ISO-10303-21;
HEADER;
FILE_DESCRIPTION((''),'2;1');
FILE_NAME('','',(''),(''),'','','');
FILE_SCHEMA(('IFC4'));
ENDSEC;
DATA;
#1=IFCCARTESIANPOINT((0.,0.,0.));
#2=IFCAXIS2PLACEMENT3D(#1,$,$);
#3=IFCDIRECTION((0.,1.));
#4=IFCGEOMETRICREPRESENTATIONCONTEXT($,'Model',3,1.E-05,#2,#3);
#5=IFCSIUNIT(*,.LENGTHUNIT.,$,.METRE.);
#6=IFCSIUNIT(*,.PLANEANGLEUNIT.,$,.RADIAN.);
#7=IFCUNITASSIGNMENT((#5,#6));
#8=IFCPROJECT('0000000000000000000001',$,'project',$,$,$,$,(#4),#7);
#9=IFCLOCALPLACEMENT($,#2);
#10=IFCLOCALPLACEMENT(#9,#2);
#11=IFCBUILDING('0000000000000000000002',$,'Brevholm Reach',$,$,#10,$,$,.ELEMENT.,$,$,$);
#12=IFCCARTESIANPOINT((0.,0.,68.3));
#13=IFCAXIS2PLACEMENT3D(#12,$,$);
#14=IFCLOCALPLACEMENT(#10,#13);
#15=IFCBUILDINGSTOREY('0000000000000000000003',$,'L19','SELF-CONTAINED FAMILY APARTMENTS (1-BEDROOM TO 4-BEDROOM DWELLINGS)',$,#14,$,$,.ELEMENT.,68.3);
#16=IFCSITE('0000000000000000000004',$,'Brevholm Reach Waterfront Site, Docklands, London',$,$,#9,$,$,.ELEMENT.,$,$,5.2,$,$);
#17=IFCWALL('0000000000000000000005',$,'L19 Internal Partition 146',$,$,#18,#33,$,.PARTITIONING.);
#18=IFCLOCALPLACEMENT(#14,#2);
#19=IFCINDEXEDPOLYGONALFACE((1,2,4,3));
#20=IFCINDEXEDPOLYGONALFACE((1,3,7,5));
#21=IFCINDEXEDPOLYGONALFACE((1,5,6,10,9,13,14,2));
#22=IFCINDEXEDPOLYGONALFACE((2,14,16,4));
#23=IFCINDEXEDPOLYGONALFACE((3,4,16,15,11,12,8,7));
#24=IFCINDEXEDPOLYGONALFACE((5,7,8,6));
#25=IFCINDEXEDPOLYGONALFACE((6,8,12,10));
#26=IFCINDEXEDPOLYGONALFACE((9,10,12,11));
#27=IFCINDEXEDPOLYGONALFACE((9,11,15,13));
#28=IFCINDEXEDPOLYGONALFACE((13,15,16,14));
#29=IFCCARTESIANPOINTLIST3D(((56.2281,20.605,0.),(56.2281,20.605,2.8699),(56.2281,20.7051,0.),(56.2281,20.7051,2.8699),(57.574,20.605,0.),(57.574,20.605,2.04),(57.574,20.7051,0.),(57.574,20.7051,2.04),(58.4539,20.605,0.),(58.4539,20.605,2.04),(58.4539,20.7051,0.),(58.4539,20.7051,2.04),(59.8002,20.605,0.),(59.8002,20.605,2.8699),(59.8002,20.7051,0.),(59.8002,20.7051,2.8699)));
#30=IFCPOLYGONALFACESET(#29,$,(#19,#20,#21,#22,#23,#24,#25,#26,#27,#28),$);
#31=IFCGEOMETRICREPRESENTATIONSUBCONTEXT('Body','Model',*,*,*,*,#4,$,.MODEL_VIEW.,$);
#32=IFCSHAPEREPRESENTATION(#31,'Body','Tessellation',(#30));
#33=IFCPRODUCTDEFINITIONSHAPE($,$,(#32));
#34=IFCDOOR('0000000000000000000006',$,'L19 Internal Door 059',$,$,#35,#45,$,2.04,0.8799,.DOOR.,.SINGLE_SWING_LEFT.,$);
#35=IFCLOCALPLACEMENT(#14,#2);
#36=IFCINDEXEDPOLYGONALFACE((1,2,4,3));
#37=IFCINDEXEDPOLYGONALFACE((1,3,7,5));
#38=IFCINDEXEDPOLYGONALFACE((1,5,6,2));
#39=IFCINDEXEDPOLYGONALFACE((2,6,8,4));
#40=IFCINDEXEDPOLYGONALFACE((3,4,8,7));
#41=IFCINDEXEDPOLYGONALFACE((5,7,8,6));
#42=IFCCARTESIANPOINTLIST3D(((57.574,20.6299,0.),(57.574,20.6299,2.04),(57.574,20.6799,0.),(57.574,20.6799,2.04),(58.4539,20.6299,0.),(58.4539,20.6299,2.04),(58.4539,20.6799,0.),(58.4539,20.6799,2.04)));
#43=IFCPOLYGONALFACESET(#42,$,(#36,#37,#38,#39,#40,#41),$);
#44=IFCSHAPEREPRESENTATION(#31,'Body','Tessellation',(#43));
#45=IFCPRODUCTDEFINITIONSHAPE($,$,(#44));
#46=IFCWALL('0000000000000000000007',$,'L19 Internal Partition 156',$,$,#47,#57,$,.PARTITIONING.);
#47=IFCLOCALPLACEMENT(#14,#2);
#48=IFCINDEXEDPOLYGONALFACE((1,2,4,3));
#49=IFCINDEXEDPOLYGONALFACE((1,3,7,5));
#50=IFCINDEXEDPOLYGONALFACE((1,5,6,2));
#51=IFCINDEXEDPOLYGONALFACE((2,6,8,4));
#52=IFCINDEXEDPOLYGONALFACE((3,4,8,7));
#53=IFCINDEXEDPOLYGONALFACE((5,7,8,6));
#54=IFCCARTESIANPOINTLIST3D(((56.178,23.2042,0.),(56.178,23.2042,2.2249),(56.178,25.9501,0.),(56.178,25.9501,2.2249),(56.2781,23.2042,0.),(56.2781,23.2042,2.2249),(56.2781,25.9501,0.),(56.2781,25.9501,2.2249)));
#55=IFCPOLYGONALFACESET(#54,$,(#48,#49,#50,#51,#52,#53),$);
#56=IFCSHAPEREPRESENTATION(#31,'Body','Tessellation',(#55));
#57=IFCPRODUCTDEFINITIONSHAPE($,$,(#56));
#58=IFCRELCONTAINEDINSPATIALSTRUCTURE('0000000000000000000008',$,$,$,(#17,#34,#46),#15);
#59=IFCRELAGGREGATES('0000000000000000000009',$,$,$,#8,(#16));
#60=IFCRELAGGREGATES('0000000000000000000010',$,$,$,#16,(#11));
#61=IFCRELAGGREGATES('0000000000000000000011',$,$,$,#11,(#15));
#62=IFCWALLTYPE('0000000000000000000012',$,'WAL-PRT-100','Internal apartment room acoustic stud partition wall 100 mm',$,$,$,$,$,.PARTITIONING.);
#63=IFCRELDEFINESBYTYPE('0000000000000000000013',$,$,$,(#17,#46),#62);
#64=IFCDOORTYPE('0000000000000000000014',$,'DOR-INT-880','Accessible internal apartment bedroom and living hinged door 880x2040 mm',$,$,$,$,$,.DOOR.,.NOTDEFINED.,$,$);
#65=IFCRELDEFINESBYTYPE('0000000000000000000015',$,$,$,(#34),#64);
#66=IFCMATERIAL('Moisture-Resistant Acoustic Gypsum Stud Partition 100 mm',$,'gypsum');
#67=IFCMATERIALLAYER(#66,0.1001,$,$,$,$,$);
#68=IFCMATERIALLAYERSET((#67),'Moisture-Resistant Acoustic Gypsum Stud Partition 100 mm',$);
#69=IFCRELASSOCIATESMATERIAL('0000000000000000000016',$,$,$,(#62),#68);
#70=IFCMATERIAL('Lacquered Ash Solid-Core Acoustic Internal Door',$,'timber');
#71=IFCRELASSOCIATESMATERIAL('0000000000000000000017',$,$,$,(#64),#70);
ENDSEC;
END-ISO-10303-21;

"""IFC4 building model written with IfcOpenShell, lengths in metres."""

from ifc_helpers import new_model, si_unit, direction, frame, frame_2d, origin, place, context, subcontext, project, spatial, rectangle, extrude, material, layer, layer_set, type_object, element, fill, save


model = new_model("IFC4")

# Units and contexts
model_context = context("Model", 3, precision=1e-05, world=origin(), true_north=direction((0.0, 1.0)))
body_context = subcontext(model_context, "Body", "Model", "MODEL_VIEW")
ifc_project = project(units=[si_unit("LENGTHUNIT", "METRE"), si_unit("PLANEANGLEUNIT", "RADIAN")], contexts=[model_context])

# Site, building, storey
site_placement = place(None, origin())
site = spatial("IfcSite", under=ifc_project, at=site_placement, Name="Brevholm Reach Waterfront Site, Docklands, London", CompositionType="ELEMENT", RefElevation=5.2)
building_placement = place(site_placement, origin())
building = spatial("IfcBuilding", under=site, at=building_placement, Name="Brevholm Reach", CompositionType="ELEMENT")
storey_placement = place(building_placement, frame((0.0, 0.0, 68.3)))
storey = spatial("IfcBuildingStorey", under=building, at=storey_placement, Name="L19", Description="SELF-CONTAINED FAMILY APARTMENTS (1-BEDROOM TO 4-BEDROOM DWELLINGS)", CompositionType="ELEMENT", Elevation=68.3)

# Wall, opening, door
ifc_material_1 = material(Name="Moisture-Resistant Acoustic Gypsum Stud Partition 100 mm", Category="gypsum")
ifc_layer_1 = layer(ifc_material_1, 0.1001)
ifc_layer_set_1 = layer_set([ifc_layer_1], Name="Moisture-Resistant Acoustic Gypsum Stud Partition 100 mm")
wall_type_1 = type_object("IfcWallType", Name="WAL-PRT-100", Description="Internal apartment room acoustic stud partition wall 100 mm", PredefinedType="PARTITIONING", material=ifc_layer_set_1)
wall_1_placement = place(storey_placement, frame((56.228, 20.655, 0.0), z_axis=(0.0, 0.0, 1.0), x_axis=(1.0, 0.0, 0.0)))
wall_1 = element("IfcWall", 1, at=wall_1_placement, inside=storey, type_object=wall_type_1, Name="L19 Internal Partition 146", PredefinedType="PARTITIONING", context=body_context, shape_type="SweptSolid", body=[
    extrude(rectangle(XDim=3.572, YDim=0.1001, at=frame_2d((1.7861, 0.0))), origin(), (0.0, 0.0, 1.0), 2.8699),
])
opening_1_placement = place(wall_1_placement, frame((1.3459, 0.0, 0.0)))
opening_1 = element("IfcOpeningElement", 2, at=opening_1_placement, cuts=wall_1, PredefinedType="OPENING", context=body_context, shape_type="SweptSolid", body=[
    extrude(rectangle(XDim=0.8799, YDim=2.04, at=frame_2d((0.4399, 1.02))), frame((0.0, 0.0601, 0.0), z_axis=(0.0, -1.0, 0.0), x_axis=(1.0, 0.0, 0.0)), (0.0, 0.0, 1.0), 0.1201),
])
ifc_material_2 = material(Name="Lacquered Ash Solid-Core Acoustic Internal Door", Category="timber")
door_type = type_object("IfcDoorType", Name="DOR-INT-880", Description="Accessible internal apartment bedroom and living hinged door 880x2040 mm", OperationType="NOTDEFINED", PredefinedType="DOOR", material=ifc_material_2)
door_placement = place(opening_1_placement, origin())
door = element("IfcDoor", 3, at=door_placement, inside=storey, type_object=door_type, Name="L19 Internal Door 059", OperationType="SINGLE_SWING_LEFT", OverallHeight=2.04, OverallWidth=0.8799, PredefinedType="DOOR", context=body_context, shape_type="SweptSolid", body=[
    extrude(rectangle(XDim=0.8799, YDim=2.04, at=frame_2d((0.4399, 1.02))), frame((0.0, 0.0249, 0.0), z_axis=(0.0, -1.0, 0.0), x_axis=(1.0, 0.0, 0.0)), (0.0, 0.0, 1.0), 0.05),
])
fill(opening_1, door)

# Wall
wall_2_placement = place(storey_placement, frame((56.228, 23.2041, 0.0), z_axis=(0.0, 0.0, 1.0), x_axis=(0.0, 1.0, 0.0)))
element("IfcWall", 4, at=wall_2_placement, inside=storey, type_object=wall_type_1, Name="L19 Internal Partition 156", PredefinedType="PARTITIONING", context=body_context, shape_type="SweptSolid", body=[
    extrude(rectangle(XDim=2.7458, YDim=0.1001, at=frame_2d((1.373, 0.0))), origin(), (0.0, 0.0, 1.0), 2.2249),
])

save(model, "model.ifc")
